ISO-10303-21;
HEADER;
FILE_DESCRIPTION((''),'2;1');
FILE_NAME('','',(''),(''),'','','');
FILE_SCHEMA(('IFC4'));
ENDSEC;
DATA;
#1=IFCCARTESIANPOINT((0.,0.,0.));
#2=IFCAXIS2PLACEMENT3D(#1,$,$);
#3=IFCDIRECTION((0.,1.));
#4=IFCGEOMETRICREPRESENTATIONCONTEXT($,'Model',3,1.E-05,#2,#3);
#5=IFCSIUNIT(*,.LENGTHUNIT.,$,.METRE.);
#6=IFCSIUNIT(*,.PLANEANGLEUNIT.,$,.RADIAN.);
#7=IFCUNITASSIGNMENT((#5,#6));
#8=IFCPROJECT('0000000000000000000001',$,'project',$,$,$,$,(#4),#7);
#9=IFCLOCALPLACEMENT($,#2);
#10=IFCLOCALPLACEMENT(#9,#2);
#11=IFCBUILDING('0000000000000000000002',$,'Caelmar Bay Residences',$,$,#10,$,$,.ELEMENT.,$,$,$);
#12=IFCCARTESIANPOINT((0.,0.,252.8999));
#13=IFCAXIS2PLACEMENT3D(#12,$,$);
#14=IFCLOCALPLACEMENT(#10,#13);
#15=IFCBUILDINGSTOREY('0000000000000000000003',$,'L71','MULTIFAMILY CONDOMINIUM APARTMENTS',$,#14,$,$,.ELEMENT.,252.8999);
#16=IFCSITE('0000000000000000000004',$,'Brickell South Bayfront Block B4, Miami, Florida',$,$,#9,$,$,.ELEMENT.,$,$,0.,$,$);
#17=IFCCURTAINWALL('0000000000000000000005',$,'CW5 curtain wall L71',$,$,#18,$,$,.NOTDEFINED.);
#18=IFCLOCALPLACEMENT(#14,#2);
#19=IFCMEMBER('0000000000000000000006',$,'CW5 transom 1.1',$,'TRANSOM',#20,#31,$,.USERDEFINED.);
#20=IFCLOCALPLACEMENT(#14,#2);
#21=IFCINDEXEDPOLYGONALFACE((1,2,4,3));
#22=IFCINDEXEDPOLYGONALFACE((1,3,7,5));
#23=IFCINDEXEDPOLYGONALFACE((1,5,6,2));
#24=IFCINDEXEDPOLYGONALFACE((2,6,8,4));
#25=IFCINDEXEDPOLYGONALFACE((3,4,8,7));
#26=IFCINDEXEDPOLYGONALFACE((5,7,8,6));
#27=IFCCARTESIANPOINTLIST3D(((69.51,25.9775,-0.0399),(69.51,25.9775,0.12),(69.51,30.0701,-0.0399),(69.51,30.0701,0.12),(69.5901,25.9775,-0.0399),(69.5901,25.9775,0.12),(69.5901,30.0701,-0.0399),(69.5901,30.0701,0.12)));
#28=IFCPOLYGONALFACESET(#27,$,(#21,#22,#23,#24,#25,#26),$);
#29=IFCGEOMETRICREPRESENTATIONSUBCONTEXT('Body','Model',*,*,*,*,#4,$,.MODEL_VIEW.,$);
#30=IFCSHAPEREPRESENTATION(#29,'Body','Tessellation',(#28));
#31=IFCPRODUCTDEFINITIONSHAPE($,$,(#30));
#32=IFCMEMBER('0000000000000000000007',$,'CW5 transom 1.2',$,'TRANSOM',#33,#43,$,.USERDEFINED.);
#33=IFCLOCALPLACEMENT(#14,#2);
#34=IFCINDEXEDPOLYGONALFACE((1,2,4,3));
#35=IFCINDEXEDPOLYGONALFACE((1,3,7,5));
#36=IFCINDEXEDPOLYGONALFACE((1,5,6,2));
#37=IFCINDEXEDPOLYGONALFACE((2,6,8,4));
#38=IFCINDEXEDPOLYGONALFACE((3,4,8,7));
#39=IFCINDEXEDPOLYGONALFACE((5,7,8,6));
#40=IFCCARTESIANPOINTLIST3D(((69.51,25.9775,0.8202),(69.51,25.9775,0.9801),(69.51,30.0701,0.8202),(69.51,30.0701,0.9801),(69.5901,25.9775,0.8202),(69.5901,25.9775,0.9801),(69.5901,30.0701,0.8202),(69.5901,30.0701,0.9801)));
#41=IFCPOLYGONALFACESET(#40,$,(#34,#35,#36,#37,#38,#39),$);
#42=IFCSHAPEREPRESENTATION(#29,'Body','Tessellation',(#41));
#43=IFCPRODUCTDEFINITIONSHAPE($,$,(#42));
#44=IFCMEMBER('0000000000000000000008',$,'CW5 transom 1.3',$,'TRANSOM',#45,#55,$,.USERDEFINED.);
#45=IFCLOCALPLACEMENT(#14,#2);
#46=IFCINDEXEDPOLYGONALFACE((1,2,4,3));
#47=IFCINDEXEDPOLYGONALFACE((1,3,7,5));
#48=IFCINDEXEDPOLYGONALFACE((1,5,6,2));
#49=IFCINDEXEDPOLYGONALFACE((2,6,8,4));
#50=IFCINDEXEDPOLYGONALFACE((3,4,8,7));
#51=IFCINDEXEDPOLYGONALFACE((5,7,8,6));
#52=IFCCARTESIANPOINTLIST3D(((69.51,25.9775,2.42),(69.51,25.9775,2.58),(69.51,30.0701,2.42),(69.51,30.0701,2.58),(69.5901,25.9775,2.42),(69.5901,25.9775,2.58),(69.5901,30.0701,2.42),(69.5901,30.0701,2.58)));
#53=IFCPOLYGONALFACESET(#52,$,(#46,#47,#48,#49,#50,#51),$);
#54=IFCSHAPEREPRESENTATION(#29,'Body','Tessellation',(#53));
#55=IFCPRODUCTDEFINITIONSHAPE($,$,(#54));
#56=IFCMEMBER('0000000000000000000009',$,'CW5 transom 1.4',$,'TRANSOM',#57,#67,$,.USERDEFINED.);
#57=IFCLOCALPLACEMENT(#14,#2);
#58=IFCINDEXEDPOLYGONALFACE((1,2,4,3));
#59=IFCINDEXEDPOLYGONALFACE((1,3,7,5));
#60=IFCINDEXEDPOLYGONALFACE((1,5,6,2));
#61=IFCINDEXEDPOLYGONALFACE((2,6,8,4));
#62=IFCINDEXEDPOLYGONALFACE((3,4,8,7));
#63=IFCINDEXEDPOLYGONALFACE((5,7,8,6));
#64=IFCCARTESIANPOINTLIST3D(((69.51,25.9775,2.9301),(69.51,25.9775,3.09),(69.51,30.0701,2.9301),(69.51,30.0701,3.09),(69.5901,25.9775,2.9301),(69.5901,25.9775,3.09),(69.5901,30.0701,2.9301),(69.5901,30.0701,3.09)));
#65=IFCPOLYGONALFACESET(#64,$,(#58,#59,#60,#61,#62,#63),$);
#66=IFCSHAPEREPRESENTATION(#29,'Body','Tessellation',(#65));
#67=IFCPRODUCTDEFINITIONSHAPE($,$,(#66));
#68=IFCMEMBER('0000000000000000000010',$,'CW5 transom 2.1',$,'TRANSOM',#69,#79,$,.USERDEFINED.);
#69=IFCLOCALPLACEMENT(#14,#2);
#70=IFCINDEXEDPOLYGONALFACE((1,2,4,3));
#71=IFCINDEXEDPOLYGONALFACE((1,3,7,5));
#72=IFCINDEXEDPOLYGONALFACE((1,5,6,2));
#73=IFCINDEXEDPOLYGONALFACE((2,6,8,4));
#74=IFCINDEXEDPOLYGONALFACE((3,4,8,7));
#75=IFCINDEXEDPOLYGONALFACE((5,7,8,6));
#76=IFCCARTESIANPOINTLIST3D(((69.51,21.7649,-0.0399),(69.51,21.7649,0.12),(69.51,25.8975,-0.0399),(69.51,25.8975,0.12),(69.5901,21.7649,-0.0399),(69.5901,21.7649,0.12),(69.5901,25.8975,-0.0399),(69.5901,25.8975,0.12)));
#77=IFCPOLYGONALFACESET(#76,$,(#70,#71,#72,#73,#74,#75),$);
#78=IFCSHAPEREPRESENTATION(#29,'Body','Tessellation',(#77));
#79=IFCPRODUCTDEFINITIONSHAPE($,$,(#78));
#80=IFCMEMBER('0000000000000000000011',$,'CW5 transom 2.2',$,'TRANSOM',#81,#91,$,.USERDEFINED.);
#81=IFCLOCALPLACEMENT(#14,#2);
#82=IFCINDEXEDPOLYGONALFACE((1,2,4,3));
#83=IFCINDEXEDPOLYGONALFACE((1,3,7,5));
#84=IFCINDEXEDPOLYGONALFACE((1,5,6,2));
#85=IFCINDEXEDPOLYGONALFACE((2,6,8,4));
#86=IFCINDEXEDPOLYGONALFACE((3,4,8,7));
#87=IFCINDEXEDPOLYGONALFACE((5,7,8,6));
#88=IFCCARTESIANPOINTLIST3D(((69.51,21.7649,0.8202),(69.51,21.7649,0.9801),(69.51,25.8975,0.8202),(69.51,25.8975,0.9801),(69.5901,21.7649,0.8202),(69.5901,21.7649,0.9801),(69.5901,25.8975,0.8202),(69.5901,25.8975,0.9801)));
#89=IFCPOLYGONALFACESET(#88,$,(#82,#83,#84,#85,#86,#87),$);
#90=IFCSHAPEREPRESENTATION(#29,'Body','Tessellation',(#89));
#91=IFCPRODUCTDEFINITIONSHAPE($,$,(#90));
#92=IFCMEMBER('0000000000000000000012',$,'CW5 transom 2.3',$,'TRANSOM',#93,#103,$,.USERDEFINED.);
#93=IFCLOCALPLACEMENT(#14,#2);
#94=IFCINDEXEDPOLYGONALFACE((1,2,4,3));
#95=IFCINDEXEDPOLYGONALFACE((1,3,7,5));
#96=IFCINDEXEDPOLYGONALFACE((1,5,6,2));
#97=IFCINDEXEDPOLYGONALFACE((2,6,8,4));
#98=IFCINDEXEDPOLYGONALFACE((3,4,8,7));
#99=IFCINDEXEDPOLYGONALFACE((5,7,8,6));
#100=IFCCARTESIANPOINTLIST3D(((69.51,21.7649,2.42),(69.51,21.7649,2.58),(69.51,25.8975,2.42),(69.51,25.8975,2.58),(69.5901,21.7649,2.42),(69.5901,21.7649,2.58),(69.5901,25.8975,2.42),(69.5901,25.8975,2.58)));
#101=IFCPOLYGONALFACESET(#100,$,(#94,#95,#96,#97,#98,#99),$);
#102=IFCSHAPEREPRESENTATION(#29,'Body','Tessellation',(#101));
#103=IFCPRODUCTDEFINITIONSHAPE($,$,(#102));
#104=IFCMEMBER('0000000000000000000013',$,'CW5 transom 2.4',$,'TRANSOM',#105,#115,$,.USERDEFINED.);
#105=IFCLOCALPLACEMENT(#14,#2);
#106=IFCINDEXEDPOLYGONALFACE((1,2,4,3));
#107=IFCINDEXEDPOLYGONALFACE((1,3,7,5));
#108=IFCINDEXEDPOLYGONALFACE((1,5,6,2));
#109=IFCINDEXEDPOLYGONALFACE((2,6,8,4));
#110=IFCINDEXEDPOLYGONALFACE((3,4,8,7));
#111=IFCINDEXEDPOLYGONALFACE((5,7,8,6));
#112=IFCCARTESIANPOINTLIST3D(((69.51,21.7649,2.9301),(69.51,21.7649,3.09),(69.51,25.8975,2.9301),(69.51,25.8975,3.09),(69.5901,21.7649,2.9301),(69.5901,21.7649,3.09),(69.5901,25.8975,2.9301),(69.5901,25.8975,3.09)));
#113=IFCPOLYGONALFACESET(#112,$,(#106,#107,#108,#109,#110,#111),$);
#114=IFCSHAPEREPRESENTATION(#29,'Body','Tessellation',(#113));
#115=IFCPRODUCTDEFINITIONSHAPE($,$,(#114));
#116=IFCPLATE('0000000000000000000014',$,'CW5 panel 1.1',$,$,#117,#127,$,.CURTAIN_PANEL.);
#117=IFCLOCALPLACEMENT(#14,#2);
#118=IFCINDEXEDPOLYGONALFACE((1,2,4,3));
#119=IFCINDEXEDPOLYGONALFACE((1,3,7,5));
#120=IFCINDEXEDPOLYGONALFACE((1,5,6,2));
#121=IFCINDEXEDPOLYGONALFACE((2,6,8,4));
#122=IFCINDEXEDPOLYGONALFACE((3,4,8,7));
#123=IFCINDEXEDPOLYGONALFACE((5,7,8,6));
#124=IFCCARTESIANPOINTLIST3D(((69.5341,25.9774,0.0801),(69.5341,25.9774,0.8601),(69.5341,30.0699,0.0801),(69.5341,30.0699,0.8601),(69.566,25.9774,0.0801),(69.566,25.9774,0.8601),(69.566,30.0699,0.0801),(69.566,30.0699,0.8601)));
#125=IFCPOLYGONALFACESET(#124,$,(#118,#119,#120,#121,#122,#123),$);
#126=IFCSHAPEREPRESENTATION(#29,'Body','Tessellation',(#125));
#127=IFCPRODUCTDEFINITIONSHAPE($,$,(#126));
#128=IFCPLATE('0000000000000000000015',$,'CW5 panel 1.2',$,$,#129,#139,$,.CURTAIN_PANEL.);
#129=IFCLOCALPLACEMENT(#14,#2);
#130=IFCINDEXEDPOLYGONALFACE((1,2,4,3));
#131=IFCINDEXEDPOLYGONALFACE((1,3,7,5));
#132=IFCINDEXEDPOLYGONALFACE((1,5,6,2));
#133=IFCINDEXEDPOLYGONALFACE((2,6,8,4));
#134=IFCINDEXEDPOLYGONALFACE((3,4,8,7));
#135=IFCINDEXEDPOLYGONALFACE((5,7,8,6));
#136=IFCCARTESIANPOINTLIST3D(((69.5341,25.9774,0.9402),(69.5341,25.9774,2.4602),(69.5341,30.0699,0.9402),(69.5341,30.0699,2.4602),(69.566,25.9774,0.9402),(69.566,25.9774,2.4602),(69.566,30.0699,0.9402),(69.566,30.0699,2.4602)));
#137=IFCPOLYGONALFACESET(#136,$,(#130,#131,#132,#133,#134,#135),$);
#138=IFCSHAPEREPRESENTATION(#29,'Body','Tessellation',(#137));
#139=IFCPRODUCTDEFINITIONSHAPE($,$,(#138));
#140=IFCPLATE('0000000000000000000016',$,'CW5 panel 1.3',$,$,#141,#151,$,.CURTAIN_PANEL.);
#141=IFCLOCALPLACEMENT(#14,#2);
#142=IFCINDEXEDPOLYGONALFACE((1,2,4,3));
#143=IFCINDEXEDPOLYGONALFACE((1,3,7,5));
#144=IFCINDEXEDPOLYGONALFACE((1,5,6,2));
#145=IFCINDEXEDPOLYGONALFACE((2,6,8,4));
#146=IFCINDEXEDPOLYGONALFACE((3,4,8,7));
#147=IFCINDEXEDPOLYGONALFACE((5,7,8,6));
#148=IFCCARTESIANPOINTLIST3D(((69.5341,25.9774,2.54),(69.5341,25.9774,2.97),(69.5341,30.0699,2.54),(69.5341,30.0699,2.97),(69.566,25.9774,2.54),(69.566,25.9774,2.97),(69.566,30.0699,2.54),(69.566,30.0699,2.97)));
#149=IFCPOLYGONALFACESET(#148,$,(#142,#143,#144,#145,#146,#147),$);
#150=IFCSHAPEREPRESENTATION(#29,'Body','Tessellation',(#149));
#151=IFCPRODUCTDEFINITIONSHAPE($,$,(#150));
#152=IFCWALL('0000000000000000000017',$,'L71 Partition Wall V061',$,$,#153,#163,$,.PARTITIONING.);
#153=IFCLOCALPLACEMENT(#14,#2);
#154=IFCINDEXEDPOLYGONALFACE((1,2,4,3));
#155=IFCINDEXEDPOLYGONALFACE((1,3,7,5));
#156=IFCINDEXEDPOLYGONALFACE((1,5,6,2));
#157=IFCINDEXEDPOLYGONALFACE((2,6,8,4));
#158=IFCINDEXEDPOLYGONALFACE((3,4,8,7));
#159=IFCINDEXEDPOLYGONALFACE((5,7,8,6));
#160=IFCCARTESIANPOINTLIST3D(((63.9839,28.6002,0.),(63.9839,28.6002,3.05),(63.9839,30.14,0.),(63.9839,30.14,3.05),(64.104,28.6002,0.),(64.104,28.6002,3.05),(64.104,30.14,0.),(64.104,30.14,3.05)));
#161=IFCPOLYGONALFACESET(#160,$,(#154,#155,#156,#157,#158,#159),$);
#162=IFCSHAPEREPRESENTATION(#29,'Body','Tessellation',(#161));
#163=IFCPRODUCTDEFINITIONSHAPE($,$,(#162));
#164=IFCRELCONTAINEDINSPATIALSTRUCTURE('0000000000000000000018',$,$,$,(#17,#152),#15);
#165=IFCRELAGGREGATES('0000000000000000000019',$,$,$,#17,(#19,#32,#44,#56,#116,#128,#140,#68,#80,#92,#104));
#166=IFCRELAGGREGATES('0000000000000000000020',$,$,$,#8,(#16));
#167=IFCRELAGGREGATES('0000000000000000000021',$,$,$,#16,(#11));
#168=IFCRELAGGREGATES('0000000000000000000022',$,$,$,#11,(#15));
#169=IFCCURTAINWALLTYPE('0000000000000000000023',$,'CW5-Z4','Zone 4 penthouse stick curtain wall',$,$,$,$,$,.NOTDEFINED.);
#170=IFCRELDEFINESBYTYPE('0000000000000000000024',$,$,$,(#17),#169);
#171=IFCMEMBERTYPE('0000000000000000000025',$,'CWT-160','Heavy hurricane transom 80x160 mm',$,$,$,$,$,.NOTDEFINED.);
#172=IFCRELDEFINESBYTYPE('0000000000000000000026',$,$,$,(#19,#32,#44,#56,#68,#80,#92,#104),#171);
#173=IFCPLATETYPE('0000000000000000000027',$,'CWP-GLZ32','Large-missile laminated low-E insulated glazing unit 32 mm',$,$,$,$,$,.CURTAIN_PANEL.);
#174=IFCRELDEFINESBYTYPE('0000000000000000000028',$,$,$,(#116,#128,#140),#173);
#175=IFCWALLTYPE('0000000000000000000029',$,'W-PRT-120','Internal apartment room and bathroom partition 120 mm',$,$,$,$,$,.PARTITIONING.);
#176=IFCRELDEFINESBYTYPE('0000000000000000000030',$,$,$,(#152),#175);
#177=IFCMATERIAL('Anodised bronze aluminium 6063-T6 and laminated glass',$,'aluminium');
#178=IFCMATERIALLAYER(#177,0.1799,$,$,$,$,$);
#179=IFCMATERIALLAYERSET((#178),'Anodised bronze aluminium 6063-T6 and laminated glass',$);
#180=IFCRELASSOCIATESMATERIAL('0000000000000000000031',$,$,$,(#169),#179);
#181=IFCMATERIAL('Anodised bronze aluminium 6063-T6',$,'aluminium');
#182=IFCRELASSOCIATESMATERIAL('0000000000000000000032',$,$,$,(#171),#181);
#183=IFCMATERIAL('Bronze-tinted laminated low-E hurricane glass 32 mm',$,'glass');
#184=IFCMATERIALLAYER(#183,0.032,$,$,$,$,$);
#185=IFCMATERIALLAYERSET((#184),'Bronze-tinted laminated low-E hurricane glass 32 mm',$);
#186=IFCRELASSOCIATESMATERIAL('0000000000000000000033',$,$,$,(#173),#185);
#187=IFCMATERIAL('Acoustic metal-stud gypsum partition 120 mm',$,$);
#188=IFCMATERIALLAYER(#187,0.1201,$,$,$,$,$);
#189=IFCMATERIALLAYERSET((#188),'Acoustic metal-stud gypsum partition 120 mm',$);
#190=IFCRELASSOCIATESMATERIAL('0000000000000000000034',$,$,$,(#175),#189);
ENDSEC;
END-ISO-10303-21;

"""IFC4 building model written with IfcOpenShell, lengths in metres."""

from ifc_helpers import new_model, si_unit, direction, frame, frame_2d, origin, origin_2d, place, context, subcontext, project, spatial, rectangle, extrude, material, layer, layer_set, material_profile, profile_set, type_object, element, aggregate, save


model = new_model("IFC4")

# Units and contexts
model_context = context("Model", 3, precision=1e-05, world=origin(), true_north=direction((0.0, 1.0)))
body_context = subcontext(model_context, "Body", "Model", "MODEL_VIEW")
ifc_project = project(units=[si_unit("LENGTHUNIT", "METRE"), si_unit("PLANEANGLEUNIT", "RADIAN")], contexts=[model_context])

# Site, building, storey
site_placement = place(None, origin())
site = spatial("IfcSite", under=ifc_project, at=site_placement, Name="Brickell South Bayfront Block B4, Miami, Florida", CompositionType="ELEMENT", RefElevation=0.0)
building_placement = place(site_placement, origin())
building = spatial("IfcBuilding", under=site, at=building_placement, Name="Caelmar Bay Residences", CompositionType="ELEMENT")
storey_placement = place(building_placement, frame((0.0, 0.0, 252.8999)))
storey = spatial("IfcBuildingStorey", under=building, at=storey_placement, Name="L71", Description="MULTIFAMILY CONDOMINIUM APARTMENTS", CompositionType="ELEMENT", Elevation=252.8999)

# Curtain wall, members, plates
ifc_material_1 = material(Name="Anodised bronze aluminium 6063-T6 and laminated glass", Category="aluminium")
ifc_layer_1 = layer(ifc_material_1, 0.1799)
ifc_layer_set_1 = layer_set([ifc_layer_1], Name="Anodised bronze aluminium 6063-T6 and laminated glass")
curtain_wall_type = type_object("IfcCurtainWallType", Name="CW5-Z4", Description="Zone 4 penthouse stick curtain wall", PredefinedType="NOTDEFINED", material=ifc_layer_set_1)
curtain_wall_placement = place(storey_placement, origin())
curtain_wall = element("IfcCurtainWall", 1, at=curtain_wall_placement, inside=storey, type_object=curtain_wall_type, Name="CW5 curtain wall L71", PredefinedType="NOTDEFINED")
ifc_material_2 = material(Name="Anodised bronze aluminium 6063-T6", Category="aluminium")
ifc_material_profile_1 = material_profile(ifc_material_2, rectangle(XDim=0.0801, YDim=0.1599, at=origin_2d()), Name="CWT-80X160")
ifc_profile_set_1 = profile_set([ifc_material_profile_1], Name="Anodised bronze aluminium 6063-T6")
member_type_1 = type_object("IfcMemberType", Name="CWT-160", Description="Heavy hurricane transom 80x160 mm", PredefinedType="NOTDEFINED", material=ifc_profile_set_1)
member_1_placement = place(storey_placement, frame((69.55, 30.0701, 0.04), z_axis=(0.0, -1.0, 0.0), x_axis=(1.0, 0.0, 0.0)))
member_1 = element("IfcMember", 2, at=member_1_placement, type_object=member_type_1, Name="CW5 transom 1.1", ObjectType="TRANSOM", PredefinedType="USERDEFINED", context=body_context, shape_type="SweptSolid", body=[
    extrude(rectangle(XDim=0.0801, YDim=0.1599, at=origin_2d()), origin(), (0.0, 0.0, 1.0), 4.0925),
])
member_2_placement = place(storey_placement, frame((69.55, 30.0701, 0.9001), z_axis=(0.0, -1.0, 0.0), x_axis=(1.0, 0.0, 0.0)))
member_2 = element("IfcMember", 3, at=member_2_placement, type_object=member_type_1, Name="CW5 transom 1.2", ObjectType="TRANSOM", PredefinedType="USERDEFINED", context=body_context, shape_type="SweptSolid", body=[
    extrude(rectangle(XDim=0.0801, YDim=0.1599, at=origin_2d()), origin(), (0.0, 0.0, 1.0), 4.0925),
])
member_3_placement = place(storey_placement, frame((69.55, 30.0701, 2.5), z_axis=(0.0, -1.0, 0.0), x_axis=(1.0, 0.0, 0.0)))
member_3 = element("IfcMember", 4, at=member_3_placement, type_object=member_type_1, Name="CW5 transom 1.3", ObjectType="TRANSOM", PredefinedType="USERDEFINED", context=body_context, shape_type="SweptSolid", body=[
    extrude(rectangle(XDim=0.0801, YDim=0.1599, at=origin_2d()), origin(), (0.0, 0.0, 1.0), 4.0925),
])
member_4_placement = place(storey_placement, frame((69.55, 30.0701, 3.01), z_axis=(0.0, -1.0, 0.0), x_axis=(1.0, 0.0, 0.0)))
member_4 = element("IfcMember", 5, at=member_4_placement, type_object=member_type_1, Name="CW5 transom 1.4", ObjectType="TRANSOM", PredefinedType="USERDEFINED", context=body_context, shape_type="SweptSolid", body=[
    extrude(rectangle(XDim=0.0801, YDim=0.1599, at=origin_2d()), origin(), (0.0, 0.0, 1.0), 4.0925),
])
member_5_placement = place(storey_placement, frame((69.55, 25.8975, 0.04), z_axis=(0.0, -1.0, 0.0), x_axis=(1.0, 0.0, 0.0)))
member_5 = element("IfcMember", 6, at=member_5_placement, type_object=member_type_1, Name="CW5 transom 2.1", ObjectType="TRANSOM", PredefinedType="USERDEFINED", context=body_context, shape_type="SweptSolid", body=[
    extrude(rectangle(XDim=0.0801, YDim=0.1599, at=origin_2d()), origin(), (0.0, 0.0, 1.0), 4.1326),
])
member_6_placement = place(storey_placement, frame((69.55, 25.8975, 0.9001), z_axis=(0.0, -1.0, 0.0), x_axis=(1.0, 0.0, 0.0)))
member_6 = element("IfcMember", 7, at=member_6_placement, type_object=member_type_1, Name="CW5 transom 2.2", ObjectType="TRANSOM", PredefinedType="USERDEFINED", context=body_context, shape_type="SweptSolid", body=[
    extrude(rectangle(XDim=0.0801, YDim=0.1599, at=origin_2d()), origin(), (0.0, 0.0, 1.0), 4.1326),
])
member_7_placement = place(storey_placement, frame((69.55, 25.8975, 2.5), z_axis=(0.0, -1.0, 0.0), x_axis=(1.0, 0.0, 0.0)))
member_7 = element("IfcMember", 8, at=member_7_placement, type_object=member_type_1, Name="CW5 transom 2.3", ObjectType="TRANSOM", PredefinedType="USERDEFINED", context=body_context, shape_type="SweptSolid", body=[
    extrude(rectangle(XDim=0.0801, YDim=0.1599, at=origin_2d()), origin(), (0.0, 0.0, 1.0), 4.1326),
])
member_8_placement = place(storey_placement, frame((69.55, 25.8975, 3.01), z_axis=(0.0, -1.0, 0.0), x_axis=(1.0, 0.0, 0.0)))
member_8 = element("IfcMember", 9, at=member_8_placement, type_object=member_type_1, Name="CW5 transom 2.4", ObjectType="TRANSOM", PredefinedType="USERDEFINED", context=body_context, shape_type="SweptSolid", body=[
    extrude(rectangle(XDim=0.0801, YDim=0.1599, at=origin_2d()), origin(), (0.0, 0.0, 1.0), 4.1326),
])
ifc_material_3 = material(Name="Bronze-tinted laminated low-E hurricane glass 32 mm", Category="glass")
ifc_layer_2 = layer(ifc_material_3, 0.032)
ifc_layer_set_2 = layer_set([ifc_layer_2], Name="Bronze-tinted laminated low-E hurricane glass 32 mm")
plate_type = type_object("IfcPlateType", Name="CWP-GLZ32", Description="Large-missile laminated low-E insulated glazing unit 32 mm", PredefinedType="CURTAIN_PANEL", material=ifc_layer_set_2)
plate_1_placement = place(storey_placement, frame((69.55, 28.0237, 0.0801), z_axis=(0.0, 0.0, 1.0), x_axis=(0.0, -1.0, 0.0)))
plate_1 = element("IfcPlate", 10, at=plate_1_placement, type_object=plate_type, Name="CW5 panel 1.1", PredefinedType="CURTAIN_PANEL", context=body_context, shape_type="SweptSolid", body=[
    extrude(rectangle(XDim=4.0925, YDim=0.032, at=origin_2d()), origin(), (0.0, 0.0, 1.0), 0.78),
])
plate_2_placement = place(storey_placement, frame((69.55, 28.0237, 0.9402), z_axis=(0.0, 0.0, 1.0), x_axis=(0.0, -1.0, 0.0)))
plate_2 = element("IfcPlate", 11, at=plate_2_placement, type_object=plate_type, Name="CW5 panel 1.2", PredefinedType="CURTAIN_PANEL", context=body_context, shape_type="SweptSolid", body=[
    extrude(rectangle(XDim=4.0925, YDim=0.032, at=origin_2d()), origin(), (0.0, 0.0, 1.0), 1.52),
])
plate_3_placement = place(storey_placement, frame((69.55, 28.0237, 2.54), z_axis=(0.0, 0.0, 1.0), x_axis=(0.0, -1.0, 0.0)))
plate_3 = element("IfcPlate", 12, at=plate_3_placement, type_object=plate_type, Name="CW5 panel 1.3", PredefinedType="CURTAIN_PANEL", context=body_context, shape_type="SweptSolid", body=[
    extrude(rectangle(XDim=4.0925, YDim=0.032, at=origin_2d()), origin(), (0.0, 0.0, 1.0), 0.4299),
])
aggregate(curtain_wall, [member_1, member_2, member_3, member_4, plate_1, plate_2, plate_3, member_5, member_6, member_7, member_8])

# Wall
ifc_material_4 = material(Name="Acoustic metal-stud gypsum partition 120 mm")
ifc_layer_3 = layer(ifc_material_4, 0.1201)
ifc_layer_set_3 = layer_set([ifc_layer_3], Name="Acoustic metal-stud gypsum partition 120 mm")
wall_type = type_object("IfcWallType", Name="W-PRT-120", Description="Internal apartment room and bathroom partition 120 mm", PredefinedType="PARTITIONING", material=ifc_layer_set_3)
wall_1_placement = place(storey_placement, frame((64.0439, 28.6001, 0.0), z_axis=(0.0, 0.0, 1.0), x_axis=(0.0, 1.0, 0.0)))
element("IfcWall", 13, at=wall_1_placement, inside=storey, type_object=wall_type, Name="L71 Partition Wall V061", PredefinedType="PARTITIONING", context=body_context, shape_type="SweptSolid", body=[
    extrude(rectangle(XDim=1.5398, YDim=0.1201, at=frame_2d((0.77, 0.0))), origin(), (0.0, 0.0, 1.0), 3.05),
])

save(model, "model.ifc")
